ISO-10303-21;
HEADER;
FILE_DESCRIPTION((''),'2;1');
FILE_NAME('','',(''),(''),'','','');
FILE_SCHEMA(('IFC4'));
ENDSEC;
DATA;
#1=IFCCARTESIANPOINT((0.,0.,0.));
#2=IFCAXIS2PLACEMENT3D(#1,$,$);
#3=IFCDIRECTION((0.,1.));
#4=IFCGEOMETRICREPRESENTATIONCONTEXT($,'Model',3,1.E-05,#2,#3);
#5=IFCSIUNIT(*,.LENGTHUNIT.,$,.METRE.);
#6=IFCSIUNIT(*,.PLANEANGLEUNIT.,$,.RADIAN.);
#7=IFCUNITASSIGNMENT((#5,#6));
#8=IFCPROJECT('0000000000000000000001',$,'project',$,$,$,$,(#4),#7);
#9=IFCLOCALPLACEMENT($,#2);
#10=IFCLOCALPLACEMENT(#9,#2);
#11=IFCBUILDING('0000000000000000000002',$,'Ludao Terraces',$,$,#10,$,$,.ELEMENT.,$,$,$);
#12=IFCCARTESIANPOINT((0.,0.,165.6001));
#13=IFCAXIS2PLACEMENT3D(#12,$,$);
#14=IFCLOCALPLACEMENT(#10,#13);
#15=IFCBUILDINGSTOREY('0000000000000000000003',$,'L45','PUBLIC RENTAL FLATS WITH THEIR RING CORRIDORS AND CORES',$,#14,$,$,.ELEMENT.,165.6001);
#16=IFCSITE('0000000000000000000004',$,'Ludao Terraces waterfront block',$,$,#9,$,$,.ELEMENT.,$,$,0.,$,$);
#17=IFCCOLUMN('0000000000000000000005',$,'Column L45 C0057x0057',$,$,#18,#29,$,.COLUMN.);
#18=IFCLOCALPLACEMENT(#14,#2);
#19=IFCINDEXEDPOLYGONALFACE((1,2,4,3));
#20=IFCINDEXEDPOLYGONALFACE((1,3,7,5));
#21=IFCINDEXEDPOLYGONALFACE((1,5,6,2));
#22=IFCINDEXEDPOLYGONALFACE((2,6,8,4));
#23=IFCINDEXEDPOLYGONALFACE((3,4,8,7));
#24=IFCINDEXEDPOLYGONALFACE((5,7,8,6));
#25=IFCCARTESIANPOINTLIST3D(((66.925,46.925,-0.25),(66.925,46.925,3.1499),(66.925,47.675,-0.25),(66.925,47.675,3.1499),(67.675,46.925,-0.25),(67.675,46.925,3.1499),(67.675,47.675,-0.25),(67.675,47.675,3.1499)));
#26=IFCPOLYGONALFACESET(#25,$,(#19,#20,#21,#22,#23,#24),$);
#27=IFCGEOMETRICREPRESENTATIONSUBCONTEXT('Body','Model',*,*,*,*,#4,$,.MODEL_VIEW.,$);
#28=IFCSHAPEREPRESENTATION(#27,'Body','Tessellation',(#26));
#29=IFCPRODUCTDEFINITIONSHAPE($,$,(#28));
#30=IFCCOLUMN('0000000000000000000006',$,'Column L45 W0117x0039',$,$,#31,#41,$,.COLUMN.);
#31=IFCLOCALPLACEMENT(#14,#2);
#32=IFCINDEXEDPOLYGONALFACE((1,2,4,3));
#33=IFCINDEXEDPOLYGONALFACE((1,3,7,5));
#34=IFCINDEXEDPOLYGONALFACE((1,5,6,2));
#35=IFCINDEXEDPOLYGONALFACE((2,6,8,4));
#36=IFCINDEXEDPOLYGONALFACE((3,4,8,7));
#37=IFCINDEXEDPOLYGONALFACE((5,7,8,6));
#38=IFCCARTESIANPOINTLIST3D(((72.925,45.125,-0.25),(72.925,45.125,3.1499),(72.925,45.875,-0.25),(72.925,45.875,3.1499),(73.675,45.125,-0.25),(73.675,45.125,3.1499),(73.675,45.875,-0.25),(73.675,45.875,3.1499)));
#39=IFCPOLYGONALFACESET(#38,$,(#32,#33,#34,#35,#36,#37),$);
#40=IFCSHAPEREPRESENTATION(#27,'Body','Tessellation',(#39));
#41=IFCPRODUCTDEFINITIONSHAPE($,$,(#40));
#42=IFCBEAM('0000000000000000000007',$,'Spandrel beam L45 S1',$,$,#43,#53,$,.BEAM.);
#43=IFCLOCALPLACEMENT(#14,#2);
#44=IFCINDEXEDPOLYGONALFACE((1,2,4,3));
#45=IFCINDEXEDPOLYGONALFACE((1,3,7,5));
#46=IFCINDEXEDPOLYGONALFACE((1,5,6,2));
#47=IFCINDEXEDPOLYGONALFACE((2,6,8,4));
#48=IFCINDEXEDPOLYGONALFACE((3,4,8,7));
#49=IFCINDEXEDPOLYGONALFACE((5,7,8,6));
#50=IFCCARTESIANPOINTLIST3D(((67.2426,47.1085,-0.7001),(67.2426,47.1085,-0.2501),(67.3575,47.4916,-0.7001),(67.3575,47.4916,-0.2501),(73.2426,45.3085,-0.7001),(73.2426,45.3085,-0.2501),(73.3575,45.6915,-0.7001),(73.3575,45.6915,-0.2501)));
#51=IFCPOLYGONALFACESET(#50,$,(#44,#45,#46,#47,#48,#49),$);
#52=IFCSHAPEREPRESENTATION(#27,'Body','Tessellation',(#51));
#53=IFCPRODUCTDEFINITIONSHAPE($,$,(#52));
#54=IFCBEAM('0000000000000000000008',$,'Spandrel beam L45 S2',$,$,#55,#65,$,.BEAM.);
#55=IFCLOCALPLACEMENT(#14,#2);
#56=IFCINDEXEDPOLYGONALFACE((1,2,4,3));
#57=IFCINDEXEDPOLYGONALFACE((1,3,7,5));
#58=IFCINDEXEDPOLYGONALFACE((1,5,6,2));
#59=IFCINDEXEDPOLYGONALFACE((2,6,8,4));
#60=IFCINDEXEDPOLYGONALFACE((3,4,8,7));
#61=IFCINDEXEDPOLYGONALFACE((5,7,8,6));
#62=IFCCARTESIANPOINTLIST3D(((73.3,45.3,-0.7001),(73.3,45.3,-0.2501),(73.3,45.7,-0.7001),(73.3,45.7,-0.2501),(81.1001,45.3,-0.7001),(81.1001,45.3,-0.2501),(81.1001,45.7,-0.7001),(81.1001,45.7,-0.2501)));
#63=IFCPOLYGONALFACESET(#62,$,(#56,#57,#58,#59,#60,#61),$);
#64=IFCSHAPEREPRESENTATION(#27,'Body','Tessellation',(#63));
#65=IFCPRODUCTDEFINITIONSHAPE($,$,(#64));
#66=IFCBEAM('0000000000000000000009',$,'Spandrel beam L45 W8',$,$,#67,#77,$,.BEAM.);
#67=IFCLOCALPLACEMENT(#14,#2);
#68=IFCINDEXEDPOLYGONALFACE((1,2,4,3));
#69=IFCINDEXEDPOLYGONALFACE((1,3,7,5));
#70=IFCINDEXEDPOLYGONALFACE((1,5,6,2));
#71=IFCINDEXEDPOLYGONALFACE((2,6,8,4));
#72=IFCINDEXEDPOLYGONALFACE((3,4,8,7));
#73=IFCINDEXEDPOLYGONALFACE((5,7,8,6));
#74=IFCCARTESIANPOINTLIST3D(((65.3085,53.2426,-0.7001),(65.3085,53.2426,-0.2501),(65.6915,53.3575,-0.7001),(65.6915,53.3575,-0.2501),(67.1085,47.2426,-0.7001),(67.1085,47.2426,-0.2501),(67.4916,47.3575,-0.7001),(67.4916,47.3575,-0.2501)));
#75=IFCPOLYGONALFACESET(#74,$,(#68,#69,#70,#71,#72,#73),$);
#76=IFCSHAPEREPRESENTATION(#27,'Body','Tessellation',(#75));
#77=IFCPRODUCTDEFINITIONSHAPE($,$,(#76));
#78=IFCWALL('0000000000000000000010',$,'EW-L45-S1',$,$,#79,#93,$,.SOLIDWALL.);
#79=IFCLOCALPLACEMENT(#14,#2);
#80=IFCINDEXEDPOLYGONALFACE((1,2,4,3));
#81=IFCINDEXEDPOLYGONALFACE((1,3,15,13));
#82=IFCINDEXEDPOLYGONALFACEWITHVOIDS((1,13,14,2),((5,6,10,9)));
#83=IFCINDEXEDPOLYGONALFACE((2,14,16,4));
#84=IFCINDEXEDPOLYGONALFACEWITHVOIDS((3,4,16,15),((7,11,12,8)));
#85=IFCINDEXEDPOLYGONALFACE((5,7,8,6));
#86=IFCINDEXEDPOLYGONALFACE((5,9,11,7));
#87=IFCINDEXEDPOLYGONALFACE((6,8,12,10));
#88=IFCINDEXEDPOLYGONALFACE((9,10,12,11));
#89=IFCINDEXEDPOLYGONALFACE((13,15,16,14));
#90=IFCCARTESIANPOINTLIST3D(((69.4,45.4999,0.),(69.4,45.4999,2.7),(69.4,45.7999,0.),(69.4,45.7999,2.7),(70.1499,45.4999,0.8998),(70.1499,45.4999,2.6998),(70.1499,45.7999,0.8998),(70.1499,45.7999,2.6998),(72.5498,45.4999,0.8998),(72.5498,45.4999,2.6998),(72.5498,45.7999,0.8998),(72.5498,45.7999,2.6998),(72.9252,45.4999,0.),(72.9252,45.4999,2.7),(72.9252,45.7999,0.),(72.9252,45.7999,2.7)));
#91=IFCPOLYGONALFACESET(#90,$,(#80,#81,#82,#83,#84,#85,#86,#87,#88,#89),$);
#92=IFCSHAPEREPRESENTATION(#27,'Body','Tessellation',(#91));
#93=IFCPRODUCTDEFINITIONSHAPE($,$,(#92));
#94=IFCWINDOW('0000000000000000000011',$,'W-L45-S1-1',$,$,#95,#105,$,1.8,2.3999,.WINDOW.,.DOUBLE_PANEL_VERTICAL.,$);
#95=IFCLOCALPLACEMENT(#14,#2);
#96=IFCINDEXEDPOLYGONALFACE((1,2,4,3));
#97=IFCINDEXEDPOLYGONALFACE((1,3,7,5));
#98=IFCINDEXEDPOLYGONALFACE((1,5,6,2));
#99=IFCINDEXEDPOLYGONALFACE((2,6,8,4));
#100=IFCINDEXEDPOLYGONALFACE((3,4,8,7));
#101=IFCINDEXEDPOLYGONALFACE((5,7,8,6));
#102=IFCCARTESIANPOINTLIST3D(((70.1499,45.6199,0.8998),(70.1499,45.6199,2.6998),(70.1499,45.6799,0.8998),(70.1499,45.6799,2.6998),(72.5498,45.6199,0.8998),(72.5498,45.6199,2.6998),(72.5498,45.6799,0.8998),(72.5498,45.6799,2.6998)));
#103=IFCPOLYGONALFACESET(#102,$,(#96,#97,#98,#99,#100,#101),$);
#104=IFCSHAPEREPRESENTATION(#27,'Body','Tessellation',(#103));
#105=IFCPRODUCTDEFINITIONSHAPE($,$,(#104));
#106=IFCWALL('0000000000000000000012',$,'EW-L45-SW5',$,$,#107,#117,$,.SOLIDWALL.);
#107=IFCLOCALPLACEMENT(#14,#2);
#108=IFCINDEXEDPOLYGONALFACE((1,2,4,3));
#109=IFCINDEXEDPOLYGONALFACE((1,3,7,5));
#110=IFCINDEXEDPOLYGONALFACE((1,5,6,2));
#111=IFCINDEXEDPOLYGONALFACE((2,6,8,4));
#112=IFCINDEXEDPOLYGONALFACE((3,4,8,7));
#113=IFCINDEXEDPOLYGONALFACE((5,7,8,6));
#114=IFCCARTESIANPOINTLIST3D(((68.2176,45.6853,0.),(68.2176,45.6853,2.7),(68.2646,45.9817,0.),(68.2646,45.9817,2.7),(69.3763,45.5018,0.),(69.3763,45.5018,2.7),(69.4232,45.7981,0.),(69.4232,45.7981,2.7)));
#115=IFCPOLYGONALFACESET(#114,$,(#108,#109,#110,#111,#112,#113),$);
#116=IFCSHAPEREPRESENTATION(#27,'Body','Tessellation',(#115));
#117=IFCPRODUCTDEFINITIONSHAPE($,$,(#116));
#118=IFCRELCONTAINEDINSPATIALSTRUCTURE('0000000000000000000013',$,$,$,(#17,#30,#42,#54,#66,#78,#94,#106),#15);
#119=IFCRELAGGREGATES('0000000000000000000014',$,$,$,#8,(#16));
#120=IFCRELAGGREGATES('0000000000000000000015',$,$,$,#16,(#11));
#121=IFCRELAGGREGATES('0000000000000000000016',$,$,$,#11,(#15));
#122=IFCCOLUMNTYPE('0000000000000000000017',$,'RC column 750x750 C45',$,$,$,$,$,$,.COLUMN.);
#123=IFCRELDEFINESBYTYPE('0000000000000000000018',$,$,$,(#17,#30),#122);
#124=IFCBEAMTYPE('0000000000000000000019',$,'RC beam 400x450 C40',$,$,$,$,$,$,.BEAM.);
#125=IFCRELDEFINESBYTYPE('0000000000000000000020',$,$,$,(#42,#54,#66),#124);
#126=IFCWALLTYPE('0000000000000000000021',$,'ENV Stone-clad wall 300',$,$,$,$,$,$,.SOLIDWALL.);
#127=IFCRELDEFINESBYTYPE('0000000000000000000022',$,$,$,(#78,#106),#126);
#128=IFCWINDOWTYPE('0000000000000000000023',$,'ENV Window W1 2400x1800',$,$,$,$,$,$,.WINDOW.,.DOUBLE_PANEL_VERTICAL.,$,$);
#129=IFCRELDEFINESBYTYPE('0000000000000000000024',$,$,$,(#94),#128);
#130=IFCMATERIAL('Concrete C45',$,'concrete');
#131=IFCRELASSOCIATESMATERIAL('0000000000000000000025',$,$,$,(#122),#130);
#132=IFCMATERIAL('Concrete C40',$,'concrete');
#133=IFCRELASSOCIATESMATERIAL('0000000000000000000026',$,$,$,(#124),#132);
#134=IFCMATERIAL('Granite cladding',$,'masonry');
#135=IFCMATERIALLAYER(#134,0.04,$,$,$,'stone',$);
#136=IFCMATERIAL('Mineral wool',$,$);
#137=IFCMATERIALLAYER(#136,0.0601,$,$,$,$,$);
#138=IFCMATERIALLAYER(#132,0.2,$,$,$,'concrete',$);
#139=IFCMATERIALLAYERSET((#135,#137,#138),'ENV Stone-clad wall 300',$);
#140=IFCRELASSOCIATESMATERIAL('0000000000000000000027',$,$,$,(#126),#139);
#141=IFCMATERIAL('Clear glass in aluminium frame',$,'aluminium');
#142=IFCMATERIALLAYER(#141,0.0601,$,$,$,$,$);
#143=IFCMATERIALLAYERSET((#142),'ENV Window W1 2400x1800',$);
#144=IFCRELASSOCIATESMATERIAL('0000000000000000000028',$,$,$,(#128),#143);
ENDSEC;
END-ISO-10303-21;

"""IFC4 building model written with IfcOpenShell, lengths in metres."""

from ifc_helpers import new_model, si_unit, direction, frame, frame_2d, origin, origin_2d, place, context, subcontext, project, spatial, rectangle, extrude, material, layer, layer_set, material_profile, profile_set, type_object, element, fill, save


model = new_model("IFC4")

# Units and contexts
model_context = context("Model", 3, precision=1e-05, world=origin(), true_north=direction((0.0, 1.0)))
body_context = subcontext(model_context, "Body", "Model", "MODEL_VIEW")
ifc_project = project(units=[si_unit("LENGTHUNIT", "METRE"), si_unit("PLANEANGLEUNIT", "RADIAN")], contexts=[model_context])

# Site, building, storey
site_placement = place(None, origin())
site = spatial("IfcSite", under=ifc_project, at=site_placement, Name="Ludao Terraces waterfront block", CompositionType="ELEMENT", RefElevation=0.0)
building_placement = place(site_placement, origin())
building = spatial("IfcBuilding", under=site, at=building_placement, Name="Ludao Terraces", CompositionType="ELEMENT")
storey_placement = place(building_placement, frame((0.0, 0.0, 165.6001)))
storey = spatial("IfcBuildingStorey", under=building, at=storey_placement, Name="L45", Description="PUBLIC RENTAL FLATS WITH THEIR RING CORRIDORS AND CORES", CompositionType="ELEMENT", Elevation=165.6001)

# Columns
ifc_material_1 = material(Name="Concrete C45", Category="concrete")
ifc_material_profile_1 = material_profile(ifc_material_1, rectangle(XDim=0.75, YDim=0.75, at=origin_2d()), Name="750 X 750")
ifc_profile_set_1 = profile_set([ifc_material_profile_1], Name="Concrete C45")
column_type = type_object("IfcColumnType", Name="RC column 750x750 C45", PredefinedType="COLUMN", material=ifc_profile_set_1)
for number, where, z_axis, x_axis, name in (
    (1, (67.3, 47.3, -0.25), (0.0, 0.0, 1.0), (1.0, 0.0, 0.0), "Column L45 C0057x0057"),
    (2, (73.3, 45.5, -0.25), (0.0, 0.0, 1.0), (1.0, 0.0, 0.0), "Column L45 W0117x0039"),
):
    element("IfcColumn", number, at=place(storey_placement, frame(where, z_axis=z_axis, x_axis=x_axis)), inside=storey, type_object=column_type, Name=name, PredefinedType="COLUMN", context=body_context, shape_type="SweptSolid", body=[
        extrude(rectangle(XDim=0.75, YDim=0.75, at=origin_2d()), origin(), (0.0, 0.0, 1.0), 3.3999),
    ])

# Beams
ifc_material_2 = material(Name="Concrete C40", Category="concrete")
ifc_material_profile_2 = material_profile(ifc_material_2, rectangle(XDim=0.3999, YDim=0.45, at=origin_2d()), Name="400 X 450")
ifc_profile_set_2 = profile_set([ifc_material_profile_2], Name="Concrete C40")
beam_type = type_object("IfcBeamType", Name="RC beam 400x450 C40", PredefinedType="BEAM", material=ifc_profile_set_2)
beam_1_placement = place(storey_placement, frame((67.3, 47.3, -0.4751), z_axis=(0.957824, -0.287355, 0.0), x_axis=(0.287355, 0.957824, 0.0)))
element("IfcBeam", 3, at=beam_1_placement, inside=storey, type_object=beam_type, Name="Spandrel beam L45 S1", PredefinedType="BEAM", context=body_context, shape_type="SweptSolid", body=[
    extrude(rectangle(XDim=0.3999, YDim=0.45, at=origin_2d()), origin(), (0.0, 0.0, 1.0), 6.2642),
])
beam_2_placement = place(storey_placement, frame((73.3, 45.5, -0.4751), z_axis=(1.0, 0.0, 0.0), x_axis=(0.0, 1.0, 0.0)))
element("IfcBeam", 4, at=beam_2_placement, inside=storey, type_object=beam_type, Name="Spandrel beam L45 S2", PredefinedType="BEAM", context=body_context, shape_type="SweptSolid", body=[
    extrude(rectangle(XDim=0.3999, YDim=0.45, at=origin_2d()), origin(), (0.0, 0.0, 1.0), 7.8),
])
beam_3_placement = place(storey_placement, frame((67.3, 47.3, -0.4751), z_axis=(-0.287355, 0.957824, 0.0), x_axis=(-0.957824, -0.287355, 0.0)))
element("IfcBeam", 5, at=beam_3_placement, inside=storey, type_object=beam_type, Name="Spandrel beam L45 W8", PredefinedType="BEAM", context=body_context, shape_type="SweptSolid", body=[
    extrude(rectangle(XDim=0.3999, YDim=0.45, at=origin_2d()), origin(), (0.0, 0.0, 1.0), 6.2642),
])

# Wall, opening, window
ifc_material_3 = material(Name="Granite cladding", Category="masonry")
ifc_layer_1 = layer(ifc_material_3, 0.04, Category="stone")
ifc_material_4 = material(Name="Mineral wool")
ifc_layer_2 = layer(ifc_material_4, 0.0601)
ifc_layer_3 = layer(ifc_material_2, 0.2, Category="concrete")
ifc_layer_set_1 = layer_set([ifc_layer_1, ifc_layer_2, ifc_layer_3], Name="ENV Stone-clad wall 300")
wall_type_1 = type_object("IfcWallType", Name="ENV Stone-clad wall 300", PredefinedType="SOLIDWALL", material=ifc_layer_set_1)
wall_1_placement = place(storey_placement, frame((69.3999, 45.6499, 0.0), z_axis=(0.0, 0.0, 1.0), x_axis=(1.0, 0.0, 0.0)))
wall_1 = element("IfcWall", 6, at=wall_1_placement, inside=storey, type_object=wall_type_1, Name="EW-L45-S1", PredefinedType="SOLIDWALL", context=body_context, shape_type="SweptSolid", body=[
    extrude(rectangle(XDim=3.5251, YDim=0.3, at=frame_2d((1.7627, 0.0))), origin(), (0.0, 0.0, 1.0), 2.7),
])
opening_1_placement = place(wall_1_placement, frame((0.75, 0.0, 0.8999)))
opening_1 = element("IfcOpeningElement", 7, at=opening_1_placement, cuts=wall_1, PredefinedType="OPENING", context=body_context, shape_type="SweptSolid", body=[
    extrude(rectangle(XDim=2.3999, YDim=1.8, at=frame_2d((1.2, 0.8999))), frame((0.0, 0.1602, 0.0), z_axis=(0.0, -1.0, 0.0), x_axis=(1.0, 0.0, 0.0)), (0.0, 0.0, 1.0), 0.3201),
])
ifc_material_5 = material(Name="Clear glass in aluminium frame", Category="aluminium")
ifc_layer_4 = layer(ifc_material_5, 0.0601)
ifc_layer_set_2 = layer_set([ifc_layer_4], Name="ENV Window W1 2400x1800")
window_type = type_object("IfcWindowType", Name="ENV Window W1 2400x1800", PartitioningType="DOUBLE_PANEL_VERTICAL", PredefinedType="WINDOW", material=ifc_layer_set_2)
window_placement = place(opening_1_placement, origin())
window = element("IfcWindow", 8, at=window_placement, inside=storey, type_object=window_type, Name="W-L45-S1-1", OverallHeight=1.8, OverallWidth=2.3999, PartitioningType="DOUBLE_PANEL_VERTICAL", PredefinedType="WINDOW", context=body_context, shape_type="SweptSolid", body=[
    extrude(rectangle(XDim=2.3999, YDim=1.8, at=frame_2d((1.2, 0.8999))), frame((0.0, 0.03, 0.0), z_axis=(0.0, -1.0, 0.0), x_axis=(1.0, 0.0, 0.0)), (0.0, 0.0, 1.0), 0.0601),
])
fill(opening_1, window)

# Wall
wall_2_placement = place(storey_placement, frame((68.2412, 45.8335, 0.0), z_axis=(0.0, 0.0, 1.0), x_axis=(0.987678, -0.156497, 0.0)))
element("IfcWall", 9, at=wall_2_placement, inside=storey, type_object=wall_type_1, Name="EW-L45-SW5", PredefinedType="SOLIDWALL", context=body_context, shape_type="SweptSolid", body=[
    extrude(rectangle(XDim=1.1731, YDim=0.3, at=frame_2d((0.5864, 0.0))), origin(), (0.0, 0.0, 1.0), 2.7),
])

save(model, "model.ifc")
